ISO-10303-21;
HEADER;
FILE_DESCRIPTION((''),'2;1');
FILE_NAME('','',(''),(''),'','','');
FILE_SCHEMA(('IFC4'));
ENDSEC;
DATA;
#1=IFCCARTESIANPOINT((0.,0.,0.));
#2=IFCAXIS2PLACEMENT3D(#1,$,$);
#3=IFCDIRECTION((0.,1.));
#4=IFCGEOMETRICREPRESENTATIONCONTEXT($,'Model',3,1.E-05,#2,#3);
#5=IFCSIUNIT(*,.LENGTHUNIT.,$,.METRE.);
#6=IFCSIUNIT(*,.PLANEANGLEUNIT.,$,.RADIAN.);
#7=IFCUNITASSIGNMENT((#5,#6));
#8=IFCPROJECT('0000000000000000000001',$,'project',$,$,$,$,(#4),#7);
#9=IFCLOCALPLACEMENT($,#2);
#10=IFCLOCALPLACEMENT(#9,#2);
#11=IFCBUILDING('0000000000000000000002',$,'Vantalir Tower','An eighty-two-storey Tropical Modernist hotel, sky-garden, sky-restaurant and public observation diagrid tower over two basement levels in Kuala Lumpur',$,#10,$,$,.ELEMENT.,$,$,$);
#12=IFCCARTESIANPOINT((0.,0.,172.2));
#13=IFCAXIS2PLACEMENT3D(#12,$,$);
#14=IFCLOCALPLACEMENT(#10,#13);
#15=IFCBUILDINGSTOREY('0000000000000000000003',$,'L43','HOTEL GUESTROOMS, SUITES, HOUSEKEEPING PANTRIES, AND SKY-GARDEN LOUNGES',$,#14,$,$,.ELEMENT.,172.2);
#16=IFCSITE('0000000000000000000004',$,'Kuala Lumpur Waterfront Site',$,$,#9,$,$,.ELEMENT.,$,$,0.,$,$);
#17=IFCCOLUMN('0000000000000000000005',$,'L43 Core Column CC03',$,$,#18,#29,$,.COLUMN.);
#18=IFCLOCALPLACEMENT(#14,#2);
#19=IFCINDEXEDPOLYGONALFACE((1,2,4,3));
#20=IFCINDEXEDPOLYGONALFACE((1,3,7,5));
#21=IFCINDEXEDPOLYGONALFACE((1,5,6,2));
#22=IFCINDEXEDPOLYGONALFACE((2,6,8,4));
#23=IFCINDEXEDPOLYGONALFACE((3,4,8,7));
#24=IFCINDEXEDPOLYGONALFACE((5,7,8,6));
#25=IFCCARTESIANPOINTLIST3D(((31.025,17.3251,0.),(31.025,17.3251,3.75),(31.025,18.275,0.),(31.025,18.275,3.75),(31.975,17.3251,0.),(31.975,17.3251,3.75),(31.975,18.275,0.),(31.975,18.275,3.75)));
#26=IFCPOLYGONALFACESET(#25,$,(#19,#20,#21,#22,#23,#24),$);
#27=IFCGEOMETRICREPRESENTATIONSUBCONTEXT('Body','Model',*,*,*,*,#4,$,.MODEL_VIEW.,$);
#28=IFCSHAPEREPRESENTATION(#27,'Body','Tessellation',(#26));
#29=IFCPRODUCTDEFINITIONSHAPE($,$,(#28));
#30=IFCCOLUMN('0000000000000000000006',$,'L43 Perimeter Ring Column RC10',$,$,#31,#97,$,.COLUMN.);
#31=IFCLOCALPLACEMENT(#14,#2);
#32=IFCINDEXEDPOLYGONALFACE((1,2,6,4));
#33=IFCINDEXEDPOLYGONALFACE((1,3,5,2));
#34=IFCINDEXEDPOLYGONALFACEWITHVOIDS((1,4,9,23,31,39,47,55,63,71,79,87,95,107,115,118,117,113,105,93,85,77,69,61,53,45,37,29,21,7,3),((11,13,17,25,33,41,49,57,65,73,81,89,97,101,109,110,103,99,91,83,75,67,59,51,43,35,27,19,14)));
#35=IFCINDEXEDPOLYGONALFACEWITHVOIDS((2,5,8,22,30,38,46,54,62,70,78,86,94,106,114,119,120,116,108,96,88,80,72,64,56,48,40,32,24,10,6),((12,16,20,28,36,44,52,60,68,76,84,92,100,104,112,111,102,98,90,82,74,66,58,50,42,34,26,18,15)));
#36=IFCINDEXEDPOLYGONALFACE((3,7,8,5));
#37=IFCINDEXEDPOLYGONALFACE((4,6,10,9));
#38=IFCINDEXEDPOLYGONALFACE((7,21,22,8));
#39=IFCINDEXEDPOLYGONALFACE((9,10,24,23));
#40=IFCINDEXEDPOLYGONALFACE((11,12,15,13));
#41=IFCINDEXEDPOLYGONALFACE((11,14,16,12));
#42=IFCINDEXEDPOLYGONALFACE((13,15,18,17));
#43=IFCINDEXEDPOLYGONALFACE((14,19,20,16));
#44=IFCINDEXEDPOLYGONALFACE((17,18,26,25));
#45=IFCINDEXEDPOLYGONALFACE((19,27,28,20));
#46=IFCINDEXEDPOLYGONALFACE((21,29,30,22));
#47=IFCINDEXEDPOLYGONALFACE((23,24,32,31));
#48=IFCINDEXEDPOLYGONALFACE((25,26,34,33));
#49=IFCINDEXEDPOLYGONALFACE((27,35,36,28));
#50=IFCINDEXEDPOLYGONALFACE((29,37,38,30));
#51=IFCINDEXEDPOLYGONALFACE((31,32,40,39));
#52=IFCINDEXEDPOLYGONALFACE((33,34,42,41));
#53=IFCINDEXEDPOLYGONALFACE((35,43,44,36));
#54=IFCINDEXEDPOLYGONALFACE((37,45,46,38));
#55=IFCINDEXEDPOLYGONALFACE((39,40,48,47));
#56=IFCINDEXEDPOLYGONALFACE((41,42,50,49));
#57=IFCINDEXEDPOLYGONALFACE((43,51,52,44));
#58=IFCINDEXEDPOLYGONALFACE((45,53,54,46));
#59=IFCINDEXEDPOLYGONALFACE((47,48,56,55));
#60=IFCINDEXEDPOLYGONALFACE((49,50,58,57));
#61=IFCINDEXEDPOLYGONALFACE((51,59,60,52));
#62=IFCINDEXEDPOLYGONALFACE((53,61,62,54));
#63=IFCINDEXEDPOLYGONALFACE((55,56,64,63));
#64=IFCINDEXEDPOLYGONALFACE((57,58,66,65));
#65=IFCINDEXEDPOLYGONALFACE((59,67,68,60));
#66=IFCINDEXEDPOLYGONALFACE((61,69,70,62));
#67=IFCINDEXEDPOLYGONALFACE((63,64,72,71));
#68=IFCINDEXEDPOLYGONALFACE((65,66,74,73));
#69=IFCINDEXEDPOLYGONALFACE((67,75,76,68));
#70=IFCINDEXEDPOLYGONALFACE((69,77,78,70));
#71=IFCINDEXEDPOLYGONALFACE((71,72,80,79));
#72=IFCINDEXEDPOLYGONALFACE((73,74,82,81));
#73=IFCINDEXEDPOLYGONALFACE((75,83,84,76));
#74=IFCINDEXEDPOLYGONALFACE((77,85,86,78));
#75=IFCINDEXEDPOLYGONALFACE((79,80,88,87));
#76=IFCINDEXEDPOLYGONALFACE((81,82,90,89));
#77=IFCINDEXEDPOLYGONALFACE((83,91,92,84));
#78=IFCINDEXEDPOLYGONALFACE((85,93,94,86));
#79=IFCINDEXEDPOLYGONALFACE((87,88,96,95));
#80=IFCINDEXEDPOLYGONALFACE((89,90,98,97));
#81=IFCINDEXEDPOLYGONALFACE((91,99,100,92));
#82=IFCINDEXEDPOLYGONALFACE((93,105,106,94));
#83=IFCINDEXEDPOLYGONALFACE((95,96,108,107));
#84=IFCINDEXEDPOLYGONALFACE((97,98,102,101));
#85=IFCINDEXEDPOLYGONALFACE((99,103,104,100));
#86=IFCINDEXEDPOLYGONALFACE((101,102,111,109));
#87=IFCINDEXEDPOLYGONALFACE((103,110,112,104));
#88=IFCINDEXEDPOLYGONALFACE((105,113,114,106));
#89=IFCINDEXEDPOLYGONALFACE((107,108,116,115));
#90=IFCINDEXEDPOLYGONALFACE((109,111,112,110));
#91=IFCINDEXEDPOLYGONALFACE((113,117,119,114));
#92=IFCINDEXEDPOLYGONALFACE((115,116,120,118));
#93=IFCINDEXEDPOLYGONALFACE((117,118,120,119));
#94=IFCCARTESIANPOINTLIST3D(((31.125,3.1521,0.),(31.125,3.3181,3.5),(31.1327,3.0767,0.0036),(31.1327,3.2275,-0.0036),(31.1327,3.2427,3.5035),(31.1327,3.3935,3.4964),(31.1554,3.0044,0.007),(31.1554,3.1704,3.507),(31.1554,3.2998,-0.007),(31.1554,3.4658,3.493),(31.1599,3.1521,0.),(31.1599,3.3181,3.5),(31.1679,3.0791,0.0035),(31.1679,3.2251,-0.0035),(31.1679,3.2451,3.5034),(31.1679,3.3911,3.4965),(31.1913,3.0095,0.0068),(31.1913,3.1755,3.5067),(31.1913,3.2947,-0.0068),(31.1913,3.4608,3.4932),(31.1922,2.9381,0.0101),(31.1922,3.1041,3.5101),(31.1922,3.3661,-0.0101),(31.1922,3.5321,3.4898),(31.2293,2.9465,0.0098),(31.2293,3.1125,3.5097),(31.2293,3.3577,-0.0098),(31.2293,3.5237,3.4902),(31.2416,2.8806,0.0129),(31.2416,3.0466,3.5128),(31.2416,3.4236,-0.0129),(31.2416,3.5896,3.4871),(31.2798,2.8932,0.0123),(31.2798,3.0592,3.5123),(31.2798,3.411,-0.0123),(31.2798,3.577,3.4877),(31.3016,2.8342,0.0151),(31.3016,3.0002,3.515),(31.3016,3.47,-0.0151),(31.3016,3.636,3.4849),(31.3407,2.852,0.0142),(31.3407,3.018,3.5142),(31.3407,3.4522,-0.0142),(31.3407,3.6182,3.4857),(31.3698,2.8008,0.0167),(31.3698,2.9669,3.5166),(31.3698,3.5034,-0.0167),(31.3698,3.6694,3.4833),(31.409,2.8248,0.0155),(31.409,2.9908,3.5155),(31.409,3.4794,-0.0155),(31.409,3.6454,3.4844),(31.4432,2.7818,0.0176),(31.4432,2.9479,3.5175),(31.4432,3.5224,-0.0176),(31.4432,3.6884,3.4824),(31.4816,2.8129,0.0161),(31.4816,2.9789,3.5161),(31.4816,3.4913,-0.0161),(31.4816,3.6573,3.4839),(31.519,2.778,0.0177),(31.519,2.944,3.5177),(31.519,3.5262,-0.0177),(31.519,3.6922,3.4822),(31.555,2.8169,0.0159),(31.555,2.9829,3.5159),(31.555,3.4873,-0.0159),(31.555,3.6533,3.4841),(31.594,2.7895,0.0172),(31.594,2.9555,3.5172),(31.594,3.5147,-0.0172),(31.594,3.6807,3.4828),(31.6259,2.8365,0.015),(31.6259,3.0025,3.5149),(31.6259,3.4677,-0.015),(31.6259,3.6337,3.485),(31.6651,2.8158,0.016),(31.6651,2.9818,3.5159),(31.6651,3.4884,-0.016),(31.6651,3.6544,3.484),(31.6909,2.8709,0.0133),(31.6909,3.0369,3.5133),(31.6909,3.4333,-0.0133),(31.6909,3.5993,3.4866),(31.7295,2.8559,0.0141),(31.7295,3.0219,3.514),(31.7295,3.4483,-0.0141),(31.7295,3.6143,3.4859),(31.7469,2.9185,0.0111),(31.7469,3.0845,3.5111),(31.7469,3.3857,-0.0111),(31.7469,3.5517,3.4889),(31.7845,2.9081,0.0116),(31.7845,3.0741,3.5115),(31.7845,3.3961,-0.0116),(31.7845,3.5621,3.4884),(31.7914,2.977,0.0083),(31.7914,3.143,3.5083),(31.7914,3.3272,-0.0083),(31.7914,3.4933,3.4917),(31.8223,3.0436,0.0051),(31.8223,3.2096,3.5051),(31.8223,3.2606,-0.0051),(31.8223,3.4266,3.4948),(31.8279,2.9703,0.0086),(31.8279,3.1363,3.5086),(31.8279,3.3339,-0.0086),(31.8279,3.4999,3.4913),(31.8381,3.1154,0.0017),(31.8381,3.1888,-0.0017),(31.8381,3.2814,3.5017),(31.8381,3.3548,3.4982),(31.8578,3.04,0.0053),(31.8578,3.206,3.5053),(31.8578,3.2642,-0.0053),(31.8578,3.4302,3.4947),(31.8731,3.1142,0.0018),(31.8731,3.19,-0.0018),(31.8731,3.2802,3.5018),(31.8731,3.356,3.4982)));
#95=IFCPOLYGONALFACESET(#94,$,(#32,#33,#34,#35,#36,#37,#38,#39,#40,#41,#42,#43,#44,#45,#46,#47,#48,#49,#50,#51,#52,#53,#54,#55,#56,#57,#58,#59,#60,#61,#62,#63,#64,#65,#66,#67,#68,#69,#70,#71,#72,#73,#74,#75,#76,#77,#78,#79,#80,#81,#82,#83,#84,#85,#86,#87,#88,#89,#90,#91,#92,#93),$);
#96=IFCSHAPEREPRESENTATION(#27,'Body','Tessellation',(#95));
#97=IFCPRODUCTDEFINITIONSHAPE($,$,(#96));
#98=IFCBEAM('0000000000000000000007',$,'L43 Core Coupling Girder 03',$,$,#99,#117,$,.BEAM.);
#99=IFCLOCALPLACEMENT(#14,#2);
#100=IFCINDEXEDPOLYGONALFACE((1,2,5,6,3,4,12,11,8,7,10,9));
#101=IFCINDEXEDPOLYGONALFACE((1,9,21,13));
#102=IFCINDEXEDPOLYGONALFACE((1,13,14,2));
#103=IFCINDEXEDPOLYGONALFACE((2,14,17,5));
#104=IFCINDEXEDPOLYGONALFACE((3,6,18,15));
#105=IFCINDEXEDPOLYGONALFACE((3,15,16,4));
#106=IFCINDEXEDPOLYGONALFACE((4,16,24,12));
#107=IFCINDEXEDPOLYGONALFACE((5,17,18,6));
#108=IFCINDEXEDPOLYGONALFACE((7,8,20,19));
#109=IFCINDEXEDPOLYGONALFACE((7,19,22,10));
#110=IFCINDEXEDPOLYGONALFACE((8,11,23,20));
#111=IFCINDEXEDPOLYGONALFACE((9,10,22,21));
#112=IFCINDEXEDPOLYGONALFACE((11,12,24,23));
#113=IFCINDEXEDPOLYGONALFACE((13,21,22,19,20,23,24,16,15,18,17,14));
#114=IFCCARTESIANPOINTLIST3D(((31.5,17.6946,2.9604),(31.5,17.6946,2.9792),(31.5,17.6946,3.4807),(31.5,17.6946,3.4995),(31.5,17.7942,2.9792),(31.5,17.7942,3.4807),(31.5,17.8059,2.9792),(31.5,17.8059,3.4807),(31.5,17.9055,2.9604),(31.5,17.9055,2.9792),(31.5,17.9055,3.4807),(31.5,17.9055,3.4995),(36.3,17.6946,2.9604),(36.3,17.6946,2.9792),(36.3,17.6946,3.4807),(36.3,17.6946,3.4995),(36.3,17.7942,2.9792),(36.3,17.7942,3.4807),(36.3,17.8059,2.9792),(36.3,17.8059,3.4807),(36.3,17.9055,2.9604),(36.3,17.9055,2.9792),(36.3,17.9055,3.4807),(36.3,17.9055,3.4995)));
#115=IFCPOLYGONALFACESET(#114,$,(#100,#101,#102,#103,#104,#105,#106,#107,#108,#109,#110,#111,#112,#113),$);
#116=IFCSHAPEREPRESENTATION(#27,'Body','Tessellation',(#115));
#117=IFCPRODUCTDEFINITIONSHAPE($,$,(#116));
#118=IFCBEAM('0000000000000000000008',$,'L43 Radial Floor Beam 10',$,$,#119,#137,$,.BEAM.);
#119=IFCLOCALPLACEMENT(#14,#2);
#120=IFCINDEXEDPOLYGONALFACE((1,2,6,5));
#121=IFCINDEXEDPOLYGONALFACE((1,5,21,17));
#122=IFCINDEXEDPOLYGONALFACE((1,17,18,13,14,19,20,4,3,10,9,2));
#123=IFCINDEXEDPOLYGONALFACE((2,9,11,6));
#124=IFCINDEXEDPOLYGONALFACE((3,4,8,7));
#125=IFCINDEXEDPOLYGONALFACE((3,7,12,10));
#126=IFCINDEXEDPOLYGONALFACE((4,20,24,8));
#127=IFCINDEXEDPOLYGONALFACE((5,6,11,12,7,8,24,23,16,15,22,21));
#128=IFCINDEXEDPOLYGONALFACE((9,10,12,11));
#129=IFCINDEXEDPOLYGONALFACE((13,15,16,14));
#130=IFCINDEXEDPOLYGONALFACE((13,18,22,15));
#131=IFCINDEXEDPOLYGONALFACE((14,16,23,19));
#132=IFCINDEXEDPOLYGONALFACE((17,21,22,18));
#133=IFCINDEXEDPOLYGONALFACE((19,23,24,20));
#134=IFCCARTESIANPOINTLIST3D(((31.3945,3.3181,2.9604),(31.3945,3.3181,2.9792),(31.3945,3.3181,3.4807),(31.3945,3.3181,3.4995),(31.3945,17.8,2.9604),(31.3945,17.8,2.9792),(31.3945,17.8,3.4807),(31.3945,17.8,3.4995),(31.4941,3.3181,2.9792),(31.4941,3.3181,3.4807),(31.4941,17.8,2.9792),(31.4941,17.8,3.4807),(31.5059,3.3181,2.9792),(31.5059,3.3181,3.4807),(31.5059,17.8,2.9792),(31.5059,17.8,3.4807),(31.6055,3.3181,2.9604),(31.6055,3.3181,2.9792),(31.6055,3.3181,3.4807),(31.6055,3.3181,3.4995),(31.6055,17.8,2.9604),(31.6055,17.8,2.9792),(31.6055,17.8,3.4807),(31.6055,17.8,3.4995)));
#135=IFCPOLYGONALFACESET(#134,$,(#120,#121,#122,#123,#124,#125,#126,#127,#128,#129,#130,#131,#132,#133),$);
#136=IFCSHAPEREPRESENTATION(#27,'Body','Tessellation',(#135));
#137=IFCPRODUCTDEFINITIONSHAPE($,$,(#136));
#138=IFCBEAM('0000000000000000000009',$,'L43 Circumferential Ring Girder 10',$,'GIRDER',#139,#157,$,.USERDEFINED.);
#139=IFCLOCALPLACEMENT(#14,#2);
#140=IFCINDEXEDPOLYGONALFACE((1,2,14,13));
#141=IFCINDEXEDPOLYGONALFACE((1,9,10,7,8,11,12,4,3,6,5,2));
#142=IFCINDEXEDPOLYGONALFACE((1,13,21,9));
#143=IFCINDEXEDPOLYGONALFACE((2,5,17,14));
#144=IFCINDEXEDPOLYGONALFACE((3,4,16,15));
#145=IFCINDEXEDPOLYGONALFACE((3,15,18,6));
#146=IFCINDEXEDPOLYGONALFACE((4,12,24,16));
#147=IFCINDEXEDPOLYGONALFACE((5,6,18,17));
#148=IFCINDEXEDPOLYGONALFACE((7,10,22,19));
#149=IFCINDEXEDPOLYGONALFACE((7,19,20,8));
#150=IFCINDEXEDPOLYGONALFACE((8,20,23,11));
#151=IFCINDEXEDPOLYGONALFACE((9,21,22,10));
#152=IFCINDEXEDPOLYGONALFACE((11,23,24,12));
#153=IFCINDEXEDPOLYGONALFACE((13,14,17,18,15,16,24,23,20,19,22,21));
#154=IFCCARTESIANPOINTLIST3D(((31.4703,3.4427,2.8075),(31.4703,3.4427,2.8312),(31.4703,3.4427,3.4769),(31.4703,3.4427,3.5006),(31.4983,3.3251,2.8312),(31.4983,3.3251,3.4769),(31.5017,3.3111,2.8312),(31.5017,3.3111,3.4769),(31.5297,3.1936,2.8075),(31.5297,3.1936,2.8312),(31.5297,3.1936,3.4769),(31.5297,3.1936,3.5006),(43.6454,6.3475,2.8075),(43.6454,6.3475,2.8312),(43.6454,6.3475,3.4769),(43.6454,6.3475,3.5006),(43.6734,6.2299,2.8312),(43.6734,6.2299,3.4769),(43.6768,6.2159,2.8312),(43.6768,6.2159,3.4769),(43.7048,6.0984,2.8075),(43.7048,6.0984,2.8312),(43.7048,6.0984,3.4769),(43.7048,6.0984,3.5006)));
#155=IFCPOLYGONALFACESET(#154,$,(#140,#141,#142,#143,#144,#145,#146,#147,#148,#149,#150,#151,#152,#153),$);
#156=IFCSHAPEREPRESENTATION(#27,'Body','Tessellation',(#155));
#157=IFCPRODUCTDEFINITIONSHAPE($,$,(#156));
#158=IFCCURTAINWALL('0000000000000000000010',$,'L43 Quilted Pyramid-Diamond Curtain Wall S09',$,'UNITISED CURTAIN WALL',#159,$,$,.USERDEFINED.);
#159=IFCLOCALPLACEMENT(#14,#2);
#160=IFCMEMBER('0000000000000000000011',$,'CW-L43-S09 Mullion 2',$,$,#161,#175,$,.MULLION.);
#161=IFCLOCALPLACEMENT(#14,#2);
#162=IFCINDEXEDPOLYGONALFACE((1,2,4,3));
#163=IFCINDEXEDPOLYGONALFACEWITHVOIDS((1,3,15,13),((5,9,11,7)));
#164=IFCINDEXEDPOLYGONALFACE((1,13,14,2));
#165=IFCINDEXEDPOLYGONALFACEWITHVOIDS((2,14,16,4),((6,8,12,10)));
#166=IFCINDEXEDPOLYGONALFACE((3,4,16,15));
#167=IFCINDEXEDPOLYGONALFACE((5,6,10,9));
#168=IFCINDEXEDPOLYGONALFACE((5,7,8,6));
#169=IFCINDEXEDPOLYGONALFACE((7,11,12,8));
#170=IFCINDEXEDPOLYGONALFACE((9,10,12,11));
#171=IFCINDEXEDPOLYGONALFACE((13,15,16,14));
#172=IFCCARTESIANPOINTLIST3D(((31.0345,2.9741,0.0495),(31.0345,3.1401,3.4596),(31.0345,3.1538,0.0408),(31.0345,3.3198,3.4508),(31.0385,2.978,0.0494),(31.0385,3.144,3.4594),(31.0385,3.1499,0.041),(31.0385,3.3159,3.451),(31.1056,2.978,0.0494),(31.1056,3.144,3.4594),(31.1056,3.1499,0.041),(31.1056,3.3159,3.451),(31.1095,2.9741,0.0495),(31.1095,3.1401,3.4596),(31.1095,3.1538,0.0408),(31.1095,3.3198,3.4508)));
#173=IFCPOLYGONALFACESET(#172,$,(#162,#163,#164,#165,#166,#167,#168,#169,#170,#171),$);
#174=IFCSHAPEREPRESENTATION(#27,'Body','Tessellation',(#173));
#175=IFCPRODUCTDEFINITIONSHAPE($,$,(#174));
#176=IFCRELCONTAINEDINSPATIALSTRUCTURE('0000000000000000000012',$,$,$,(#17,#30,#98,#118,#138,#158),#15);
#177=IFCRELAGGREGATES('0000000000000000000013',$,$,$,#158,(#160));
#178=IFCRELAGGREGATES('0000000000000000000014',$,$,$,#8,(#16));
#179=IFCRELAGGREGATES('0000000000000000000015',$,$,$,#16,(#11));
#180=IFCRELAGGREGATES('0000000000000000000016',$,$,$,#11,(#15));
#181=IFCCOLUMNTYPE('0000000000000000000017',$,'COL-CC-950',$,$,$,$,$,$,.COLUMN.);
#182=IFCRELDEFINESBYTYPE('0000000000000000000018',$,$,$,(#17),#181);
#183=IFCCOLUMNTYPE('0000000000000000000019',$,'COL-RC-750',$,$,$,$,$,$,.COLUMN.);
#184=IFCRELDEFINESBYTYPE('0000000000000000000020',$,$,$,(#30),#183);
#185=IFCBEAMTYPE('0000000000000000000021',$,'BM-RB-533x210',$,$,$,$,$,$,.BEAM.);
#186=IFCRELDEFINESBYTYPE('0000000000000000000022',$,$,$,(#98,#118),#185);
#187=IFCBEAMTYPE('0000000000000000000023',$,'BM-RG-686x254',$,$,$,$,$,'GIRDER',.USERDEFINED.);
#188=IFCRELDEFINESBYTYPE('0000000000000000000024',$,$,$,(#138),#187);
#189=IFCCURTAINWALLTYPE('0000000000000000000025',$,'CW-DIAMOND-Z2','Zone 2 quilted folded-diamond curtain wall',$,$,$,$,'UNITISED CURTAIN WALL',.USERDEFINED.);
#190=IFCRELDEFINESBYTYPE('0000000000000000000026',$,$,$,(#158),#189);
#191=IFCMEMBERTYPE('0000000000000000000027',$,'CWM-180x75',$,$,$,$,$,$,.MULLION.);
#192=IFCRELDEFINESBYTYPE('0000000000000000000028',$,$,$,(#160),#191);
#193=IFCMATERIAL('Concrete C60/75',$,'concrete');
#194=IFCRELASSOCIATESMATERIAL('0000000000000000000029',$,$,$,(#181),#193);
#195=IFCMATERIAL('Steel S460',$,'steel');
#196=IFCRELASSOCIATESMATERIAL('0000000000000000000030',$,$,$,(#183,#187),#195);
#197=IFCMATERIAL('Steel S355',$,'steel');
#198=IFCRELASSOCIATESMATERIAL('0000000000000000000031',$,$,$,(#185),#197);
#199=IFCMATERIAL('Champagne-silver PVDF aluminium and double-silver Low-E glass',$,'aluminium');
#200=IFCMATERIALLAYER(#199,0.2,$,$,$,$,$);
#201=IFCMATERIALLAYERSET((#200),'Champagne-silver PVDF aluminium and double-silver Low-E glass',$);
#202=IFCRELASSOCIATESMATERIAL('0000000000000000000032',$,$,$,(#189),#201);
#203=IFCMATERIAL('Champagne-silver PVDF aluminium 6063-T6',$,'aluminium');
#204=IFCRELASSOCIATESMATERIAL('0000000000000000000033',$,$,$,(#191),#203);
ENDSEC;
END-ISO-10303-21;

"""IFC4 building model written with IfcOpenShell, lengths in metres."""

from ifc_helpers import new_model, si_unit, direction, frame, origin, origin_2d, place, context, subcontext, project, spatial, rectangle, hollow_rectangle, hollow_circle, i_section, extrude, material, layer, layer_set, material_profile, profile_set, type_object, element, aggregate, save


model = new_model("IFC4")

# Units and contexts
model_context = context("Model", 3, precision=1e-05, world=origin(), true_north=direction((0.0, 1.0)))
body_context = subcontext(model_context, "Body", "Model", "MODEL_VIEW")
ifc_project = project(units=[si_unit("LENGTHUNIT", "METRE"), si_unit("PLANEANGLEUNIT", "RADIAN")], contexts=[model_context])

# Site, building, storey
site_placement = place(None, origin())
site = spatial("IfcSite", under=ifc_project, at=site_placement, Name="Kuala Lumpur Waterfront Site", CompositionType="ELEMENT", RefElevation=0.0)
building_placement = place(site_placement, origin())
building = spatial("IfcBuilding", under=site, at=building_placement, Name="Vantalir Tower", Description="An eighty-two-storey Tropical Modernist hotel, sky-garden, sky-restaurant and public observation diagrid tower over two basement levels in Kuala Lumpur", CompositionType="ELEMENT")
storey_placement = place(building_placement, frame((0.0, 0.0, 172.2)))
storey = spatial("IfcBuildingStorey", under=building, at=storey_placement, Name="L43", Description="HOTEL GUESTROOMS, SUITES, HOUSEKEEPING PANTRIES, AND SKY-GARDEN LOUNGES", CompositionType="ELEMENT", Elevation=172.2)

# Columns
ifc_material_1 = material(Name="Concrete C60/75", Category="concrete")
ifc_material_profile_1 = material_profile(ifc_material_1, rectangle(XDim=0.95, YDim=0.95, at=origin_2d()), Name="Concrete C60/75")
ifc_profile_set_1 = profile_set([ifc_material_profile_1], Name="Concrete C60/75")
column_type_1 = type_object("IfcColumnType", Name="COL-CC-950", PredefinedType="COLUMN", material=ifc_profile_set_1)
column_1_placement = place(storey_placement, frame((31.5, 17.8, 0.0), z_axis=(0.0, 0.0, 1.0), x_axis=(1.0, 0.0, 0.0)))
element("IfcColumn", 1, at=column_1_placement, inside=storey, type_object=column_type_1, Name="L43 Core Column CC03", PredefinedType="COLUMN", context=body_context, shape_type="SweptSolid", body=[
    extrude(rectangle(XDim=0.95, YDim=0.95, at=origin_2d()), origin(), (0.0, 0.0, 1.0), 3.75),
])
ifc_material_2 = material(Name="Steel S460", Category="steel")
ifc_material_profile_2 = material_profile(ifc_material_2, hollow_circle(Radius=0.375, WallThickness=0.0349, at=origin_2d()), Name="Steel S460")
ifc_profile_set_2 = profile_set([ifc_material_profile_2], Name="Steel S460")
column_type_2 = type_object("IfcColumnType", Name="COL-RC-750", PredefinedType="COLUMN", material=ifc_profile_set_2)
column_2_placement = place(storey_placement, frame((31.5, 3.1521, 0.0), z_axis=(0.0, 0.04738, 0.998877), x_axis=(-1.0, 0.0, 0.0)))
element("IfcColumn", 2, at=column_2_placement, inside=storey, type_object=column_type_2, Name="L43 Perimeter Ring Column RC10", PredefinedType="COLUMN", context=body_context, shape_type="SweptSolid", body=[
    extrude(hollow_circle(Radius=0.375, WallThickness=0.0349, at=origin_2d()), origin(), (0.0, 0.0, 1.0), 3.5039),
])

# Beams
ifc_material_3 = material(Name="Steel S355", Category="steel")
ifc_material_profile_3 = material_profile(ifc_material_3, i_section(OverallWidth=0.2109, OverallDepth=0.5391, WebThickness=0.0117, FlangeThickness=0.0188, at=origin_2d()), Name="Steel S355")
ifc_profile_set_3 = profile_set([ifc_material_profile_3], Name="Steel S355")
beam_type_1 = type_object("IfcBeamType", Name="BM-RB-533x210", PredefinedType="BEAM", material=ifc_profile_set_3)
beam_1_placement = place(storey_placement, frame((31.5, 17.8, 3.23), z_axis=(1.0, 0.0, 0.0), x_axis=(0.0, 1.0, 0.0)))
element("IfcBeam", 3, at=beam_1_placement, inside=storey, type_object=beam_type_1, Name="L43 Core Coupling Girder 03", PredefinedType="BEAM", context=body_context, shape_type="SweptSolid", body=[
    extrude(i_section(OverallWidth=0.2109, OverallDepth=0.5391, WebThickness=0.0117, FlangeThickness=0.0188, at=origin_2d()), origin(), (0.0, 0.0, 1.0), 4.8),
])
beam_2_placement = place(storey_placement, frame((31.5, 3.3181, 3.23), z_axis=(0.0, 1.0, 0.0), x_axis=(-1.0, 0.0, 0.0)))
element("IfcBeam", 4, at=beam_2_placement, inside=storey, type_object=beam_type_1, Name="L43 Radial Floor Beam 10", PredefinedType="BEAM", context=body_context, shape_type="SweptSolid", body=[
    extrude(i_section(OverallWidth=0.2109, OverallDepth=0.5391, WebThickness=0.0117, FlangeThickness=0.0188, at=origin_2d()), origin(), (0.0, 0.0, 1.0), 14.4819),
])
ifc_material_profile_4 = material_profile(ifc_material_2, i_section(OverallWidth=0.2561, OverallDepth=0.6931, WebThickness=0.0144, FlangeThickness=0.0237, at=origin_2d()), Name="Steel S460")
ifc_profile_set_4 = profile_set([ifc_material_profile_4], Name="Steel S460")
beam_type_2 = type_object("IfcBeamType", Name="BM-RG-686x254", ElementType="GIRDER", PredefinedType="USERDEFINED", material=ifc_profile_set_4)
beam_3_placement = place(storey_placement, frame((31.5, 3.3181, 3.1541), z_axis=(0.972699, 0.232071, 0.0), x_axis=(-0.232071, 0.972699, 0.0)))
element("IfcBeam", 5, at=beam_3_placement, inside=storey, type_object=beam_type_2, Name="L43 Circumferential Ring Girder 10", ObjectType="GIRDER", PredefinedType="USERDEFINED", context=body_context, shape_type="SweptSolid", body=[
    extrude(i_section(OverallWidth=0.2561, OverallDepth=0.6931, WebThickness=0.0144, FlangeThickness=0.0237, at=origin_2d()), origin(), (0.0, 0.0, 1.0), 12.5168),
])

# Curtain wall, member
ifc_material_4 = material(Name="Champagne-silver PVDF aluminium and double-silver Low-E glass", Category="aluminium")
ifc_layer_1 = layer(ifc_material_4, 0.2)
ifc_layer_set_1 = layer_set([ifc_layer_1], Name="Champagne-silver PVDF aluminium and double-silver Low-E glass")
curtain_wall_type = type_object("IfcCurtainWallType", Name="CW-DIAMOND-Z2", Description="Zone 2 quilted folded-diamond curtain wall", ElementType="UNITISED CURTAIN WALL", PredefinedType="USERDEFINED", material=ifc_layer_set_1)
curtain_wall_1_placement = place(storey_placement, origin())
curtain_wall_1 = element("IfcCurtainWall", 6, at=curtain_wall_1_placement, inside=storey, type_object=curtain_wall_type, Name="L43 Quilted Pyramid-Diamond Curtain Wall S09", ObjectType="UNITISED CURTAIN WALL", PredefinedType="USERDEFINED")
ifc_material_5 = material(Name="Champagne-silver PVDF aluminium 6063-T6", Category="aluminium")
ifc_material_profile_5 = material_profile(ifc_material_5, hollow_rectangle(XDim=0.075, YDim=0.1799, WallThickness=0.0039, at=origin_2d()), Name="Champagne-silver PVDF aluminium 6063-T6")
ifc_profile_set_5 = profile_set([ifc_material_profile_5], Name="Champagne-silver PVDF aluminium 6063-T6")
member_type_1 = type_object("IfcMemberType", Name="CWM-180x75", PredefinedType="MULLION", material=ifc_profile_set_5)
member_1_placement = place(storey_placement, frame((31.072, 3.064, 0.0452), z_axis=(0.0, 0.048629, 0.998817), x_axis=(-1.0, 0.0, 0.0)))
member_1 = element("IfcMember", 7, at=member_1_placement, type_object=member_type_1, Name="CW-L43-S09 Mullion 2", PredefinedType="MULLION", context=body_context, shape_type="SweptSolid", body=[
    extrude(hollow_rectangle(XDim=0.075, YDim=0.1799, WallThickness=0.0039, at=origin_2d()), origin(), (0.0, 0.0, 1.0), 3.4141),
])
aggregate(curtain_wall_1, [member_1])

save(model, "model.ifc")
